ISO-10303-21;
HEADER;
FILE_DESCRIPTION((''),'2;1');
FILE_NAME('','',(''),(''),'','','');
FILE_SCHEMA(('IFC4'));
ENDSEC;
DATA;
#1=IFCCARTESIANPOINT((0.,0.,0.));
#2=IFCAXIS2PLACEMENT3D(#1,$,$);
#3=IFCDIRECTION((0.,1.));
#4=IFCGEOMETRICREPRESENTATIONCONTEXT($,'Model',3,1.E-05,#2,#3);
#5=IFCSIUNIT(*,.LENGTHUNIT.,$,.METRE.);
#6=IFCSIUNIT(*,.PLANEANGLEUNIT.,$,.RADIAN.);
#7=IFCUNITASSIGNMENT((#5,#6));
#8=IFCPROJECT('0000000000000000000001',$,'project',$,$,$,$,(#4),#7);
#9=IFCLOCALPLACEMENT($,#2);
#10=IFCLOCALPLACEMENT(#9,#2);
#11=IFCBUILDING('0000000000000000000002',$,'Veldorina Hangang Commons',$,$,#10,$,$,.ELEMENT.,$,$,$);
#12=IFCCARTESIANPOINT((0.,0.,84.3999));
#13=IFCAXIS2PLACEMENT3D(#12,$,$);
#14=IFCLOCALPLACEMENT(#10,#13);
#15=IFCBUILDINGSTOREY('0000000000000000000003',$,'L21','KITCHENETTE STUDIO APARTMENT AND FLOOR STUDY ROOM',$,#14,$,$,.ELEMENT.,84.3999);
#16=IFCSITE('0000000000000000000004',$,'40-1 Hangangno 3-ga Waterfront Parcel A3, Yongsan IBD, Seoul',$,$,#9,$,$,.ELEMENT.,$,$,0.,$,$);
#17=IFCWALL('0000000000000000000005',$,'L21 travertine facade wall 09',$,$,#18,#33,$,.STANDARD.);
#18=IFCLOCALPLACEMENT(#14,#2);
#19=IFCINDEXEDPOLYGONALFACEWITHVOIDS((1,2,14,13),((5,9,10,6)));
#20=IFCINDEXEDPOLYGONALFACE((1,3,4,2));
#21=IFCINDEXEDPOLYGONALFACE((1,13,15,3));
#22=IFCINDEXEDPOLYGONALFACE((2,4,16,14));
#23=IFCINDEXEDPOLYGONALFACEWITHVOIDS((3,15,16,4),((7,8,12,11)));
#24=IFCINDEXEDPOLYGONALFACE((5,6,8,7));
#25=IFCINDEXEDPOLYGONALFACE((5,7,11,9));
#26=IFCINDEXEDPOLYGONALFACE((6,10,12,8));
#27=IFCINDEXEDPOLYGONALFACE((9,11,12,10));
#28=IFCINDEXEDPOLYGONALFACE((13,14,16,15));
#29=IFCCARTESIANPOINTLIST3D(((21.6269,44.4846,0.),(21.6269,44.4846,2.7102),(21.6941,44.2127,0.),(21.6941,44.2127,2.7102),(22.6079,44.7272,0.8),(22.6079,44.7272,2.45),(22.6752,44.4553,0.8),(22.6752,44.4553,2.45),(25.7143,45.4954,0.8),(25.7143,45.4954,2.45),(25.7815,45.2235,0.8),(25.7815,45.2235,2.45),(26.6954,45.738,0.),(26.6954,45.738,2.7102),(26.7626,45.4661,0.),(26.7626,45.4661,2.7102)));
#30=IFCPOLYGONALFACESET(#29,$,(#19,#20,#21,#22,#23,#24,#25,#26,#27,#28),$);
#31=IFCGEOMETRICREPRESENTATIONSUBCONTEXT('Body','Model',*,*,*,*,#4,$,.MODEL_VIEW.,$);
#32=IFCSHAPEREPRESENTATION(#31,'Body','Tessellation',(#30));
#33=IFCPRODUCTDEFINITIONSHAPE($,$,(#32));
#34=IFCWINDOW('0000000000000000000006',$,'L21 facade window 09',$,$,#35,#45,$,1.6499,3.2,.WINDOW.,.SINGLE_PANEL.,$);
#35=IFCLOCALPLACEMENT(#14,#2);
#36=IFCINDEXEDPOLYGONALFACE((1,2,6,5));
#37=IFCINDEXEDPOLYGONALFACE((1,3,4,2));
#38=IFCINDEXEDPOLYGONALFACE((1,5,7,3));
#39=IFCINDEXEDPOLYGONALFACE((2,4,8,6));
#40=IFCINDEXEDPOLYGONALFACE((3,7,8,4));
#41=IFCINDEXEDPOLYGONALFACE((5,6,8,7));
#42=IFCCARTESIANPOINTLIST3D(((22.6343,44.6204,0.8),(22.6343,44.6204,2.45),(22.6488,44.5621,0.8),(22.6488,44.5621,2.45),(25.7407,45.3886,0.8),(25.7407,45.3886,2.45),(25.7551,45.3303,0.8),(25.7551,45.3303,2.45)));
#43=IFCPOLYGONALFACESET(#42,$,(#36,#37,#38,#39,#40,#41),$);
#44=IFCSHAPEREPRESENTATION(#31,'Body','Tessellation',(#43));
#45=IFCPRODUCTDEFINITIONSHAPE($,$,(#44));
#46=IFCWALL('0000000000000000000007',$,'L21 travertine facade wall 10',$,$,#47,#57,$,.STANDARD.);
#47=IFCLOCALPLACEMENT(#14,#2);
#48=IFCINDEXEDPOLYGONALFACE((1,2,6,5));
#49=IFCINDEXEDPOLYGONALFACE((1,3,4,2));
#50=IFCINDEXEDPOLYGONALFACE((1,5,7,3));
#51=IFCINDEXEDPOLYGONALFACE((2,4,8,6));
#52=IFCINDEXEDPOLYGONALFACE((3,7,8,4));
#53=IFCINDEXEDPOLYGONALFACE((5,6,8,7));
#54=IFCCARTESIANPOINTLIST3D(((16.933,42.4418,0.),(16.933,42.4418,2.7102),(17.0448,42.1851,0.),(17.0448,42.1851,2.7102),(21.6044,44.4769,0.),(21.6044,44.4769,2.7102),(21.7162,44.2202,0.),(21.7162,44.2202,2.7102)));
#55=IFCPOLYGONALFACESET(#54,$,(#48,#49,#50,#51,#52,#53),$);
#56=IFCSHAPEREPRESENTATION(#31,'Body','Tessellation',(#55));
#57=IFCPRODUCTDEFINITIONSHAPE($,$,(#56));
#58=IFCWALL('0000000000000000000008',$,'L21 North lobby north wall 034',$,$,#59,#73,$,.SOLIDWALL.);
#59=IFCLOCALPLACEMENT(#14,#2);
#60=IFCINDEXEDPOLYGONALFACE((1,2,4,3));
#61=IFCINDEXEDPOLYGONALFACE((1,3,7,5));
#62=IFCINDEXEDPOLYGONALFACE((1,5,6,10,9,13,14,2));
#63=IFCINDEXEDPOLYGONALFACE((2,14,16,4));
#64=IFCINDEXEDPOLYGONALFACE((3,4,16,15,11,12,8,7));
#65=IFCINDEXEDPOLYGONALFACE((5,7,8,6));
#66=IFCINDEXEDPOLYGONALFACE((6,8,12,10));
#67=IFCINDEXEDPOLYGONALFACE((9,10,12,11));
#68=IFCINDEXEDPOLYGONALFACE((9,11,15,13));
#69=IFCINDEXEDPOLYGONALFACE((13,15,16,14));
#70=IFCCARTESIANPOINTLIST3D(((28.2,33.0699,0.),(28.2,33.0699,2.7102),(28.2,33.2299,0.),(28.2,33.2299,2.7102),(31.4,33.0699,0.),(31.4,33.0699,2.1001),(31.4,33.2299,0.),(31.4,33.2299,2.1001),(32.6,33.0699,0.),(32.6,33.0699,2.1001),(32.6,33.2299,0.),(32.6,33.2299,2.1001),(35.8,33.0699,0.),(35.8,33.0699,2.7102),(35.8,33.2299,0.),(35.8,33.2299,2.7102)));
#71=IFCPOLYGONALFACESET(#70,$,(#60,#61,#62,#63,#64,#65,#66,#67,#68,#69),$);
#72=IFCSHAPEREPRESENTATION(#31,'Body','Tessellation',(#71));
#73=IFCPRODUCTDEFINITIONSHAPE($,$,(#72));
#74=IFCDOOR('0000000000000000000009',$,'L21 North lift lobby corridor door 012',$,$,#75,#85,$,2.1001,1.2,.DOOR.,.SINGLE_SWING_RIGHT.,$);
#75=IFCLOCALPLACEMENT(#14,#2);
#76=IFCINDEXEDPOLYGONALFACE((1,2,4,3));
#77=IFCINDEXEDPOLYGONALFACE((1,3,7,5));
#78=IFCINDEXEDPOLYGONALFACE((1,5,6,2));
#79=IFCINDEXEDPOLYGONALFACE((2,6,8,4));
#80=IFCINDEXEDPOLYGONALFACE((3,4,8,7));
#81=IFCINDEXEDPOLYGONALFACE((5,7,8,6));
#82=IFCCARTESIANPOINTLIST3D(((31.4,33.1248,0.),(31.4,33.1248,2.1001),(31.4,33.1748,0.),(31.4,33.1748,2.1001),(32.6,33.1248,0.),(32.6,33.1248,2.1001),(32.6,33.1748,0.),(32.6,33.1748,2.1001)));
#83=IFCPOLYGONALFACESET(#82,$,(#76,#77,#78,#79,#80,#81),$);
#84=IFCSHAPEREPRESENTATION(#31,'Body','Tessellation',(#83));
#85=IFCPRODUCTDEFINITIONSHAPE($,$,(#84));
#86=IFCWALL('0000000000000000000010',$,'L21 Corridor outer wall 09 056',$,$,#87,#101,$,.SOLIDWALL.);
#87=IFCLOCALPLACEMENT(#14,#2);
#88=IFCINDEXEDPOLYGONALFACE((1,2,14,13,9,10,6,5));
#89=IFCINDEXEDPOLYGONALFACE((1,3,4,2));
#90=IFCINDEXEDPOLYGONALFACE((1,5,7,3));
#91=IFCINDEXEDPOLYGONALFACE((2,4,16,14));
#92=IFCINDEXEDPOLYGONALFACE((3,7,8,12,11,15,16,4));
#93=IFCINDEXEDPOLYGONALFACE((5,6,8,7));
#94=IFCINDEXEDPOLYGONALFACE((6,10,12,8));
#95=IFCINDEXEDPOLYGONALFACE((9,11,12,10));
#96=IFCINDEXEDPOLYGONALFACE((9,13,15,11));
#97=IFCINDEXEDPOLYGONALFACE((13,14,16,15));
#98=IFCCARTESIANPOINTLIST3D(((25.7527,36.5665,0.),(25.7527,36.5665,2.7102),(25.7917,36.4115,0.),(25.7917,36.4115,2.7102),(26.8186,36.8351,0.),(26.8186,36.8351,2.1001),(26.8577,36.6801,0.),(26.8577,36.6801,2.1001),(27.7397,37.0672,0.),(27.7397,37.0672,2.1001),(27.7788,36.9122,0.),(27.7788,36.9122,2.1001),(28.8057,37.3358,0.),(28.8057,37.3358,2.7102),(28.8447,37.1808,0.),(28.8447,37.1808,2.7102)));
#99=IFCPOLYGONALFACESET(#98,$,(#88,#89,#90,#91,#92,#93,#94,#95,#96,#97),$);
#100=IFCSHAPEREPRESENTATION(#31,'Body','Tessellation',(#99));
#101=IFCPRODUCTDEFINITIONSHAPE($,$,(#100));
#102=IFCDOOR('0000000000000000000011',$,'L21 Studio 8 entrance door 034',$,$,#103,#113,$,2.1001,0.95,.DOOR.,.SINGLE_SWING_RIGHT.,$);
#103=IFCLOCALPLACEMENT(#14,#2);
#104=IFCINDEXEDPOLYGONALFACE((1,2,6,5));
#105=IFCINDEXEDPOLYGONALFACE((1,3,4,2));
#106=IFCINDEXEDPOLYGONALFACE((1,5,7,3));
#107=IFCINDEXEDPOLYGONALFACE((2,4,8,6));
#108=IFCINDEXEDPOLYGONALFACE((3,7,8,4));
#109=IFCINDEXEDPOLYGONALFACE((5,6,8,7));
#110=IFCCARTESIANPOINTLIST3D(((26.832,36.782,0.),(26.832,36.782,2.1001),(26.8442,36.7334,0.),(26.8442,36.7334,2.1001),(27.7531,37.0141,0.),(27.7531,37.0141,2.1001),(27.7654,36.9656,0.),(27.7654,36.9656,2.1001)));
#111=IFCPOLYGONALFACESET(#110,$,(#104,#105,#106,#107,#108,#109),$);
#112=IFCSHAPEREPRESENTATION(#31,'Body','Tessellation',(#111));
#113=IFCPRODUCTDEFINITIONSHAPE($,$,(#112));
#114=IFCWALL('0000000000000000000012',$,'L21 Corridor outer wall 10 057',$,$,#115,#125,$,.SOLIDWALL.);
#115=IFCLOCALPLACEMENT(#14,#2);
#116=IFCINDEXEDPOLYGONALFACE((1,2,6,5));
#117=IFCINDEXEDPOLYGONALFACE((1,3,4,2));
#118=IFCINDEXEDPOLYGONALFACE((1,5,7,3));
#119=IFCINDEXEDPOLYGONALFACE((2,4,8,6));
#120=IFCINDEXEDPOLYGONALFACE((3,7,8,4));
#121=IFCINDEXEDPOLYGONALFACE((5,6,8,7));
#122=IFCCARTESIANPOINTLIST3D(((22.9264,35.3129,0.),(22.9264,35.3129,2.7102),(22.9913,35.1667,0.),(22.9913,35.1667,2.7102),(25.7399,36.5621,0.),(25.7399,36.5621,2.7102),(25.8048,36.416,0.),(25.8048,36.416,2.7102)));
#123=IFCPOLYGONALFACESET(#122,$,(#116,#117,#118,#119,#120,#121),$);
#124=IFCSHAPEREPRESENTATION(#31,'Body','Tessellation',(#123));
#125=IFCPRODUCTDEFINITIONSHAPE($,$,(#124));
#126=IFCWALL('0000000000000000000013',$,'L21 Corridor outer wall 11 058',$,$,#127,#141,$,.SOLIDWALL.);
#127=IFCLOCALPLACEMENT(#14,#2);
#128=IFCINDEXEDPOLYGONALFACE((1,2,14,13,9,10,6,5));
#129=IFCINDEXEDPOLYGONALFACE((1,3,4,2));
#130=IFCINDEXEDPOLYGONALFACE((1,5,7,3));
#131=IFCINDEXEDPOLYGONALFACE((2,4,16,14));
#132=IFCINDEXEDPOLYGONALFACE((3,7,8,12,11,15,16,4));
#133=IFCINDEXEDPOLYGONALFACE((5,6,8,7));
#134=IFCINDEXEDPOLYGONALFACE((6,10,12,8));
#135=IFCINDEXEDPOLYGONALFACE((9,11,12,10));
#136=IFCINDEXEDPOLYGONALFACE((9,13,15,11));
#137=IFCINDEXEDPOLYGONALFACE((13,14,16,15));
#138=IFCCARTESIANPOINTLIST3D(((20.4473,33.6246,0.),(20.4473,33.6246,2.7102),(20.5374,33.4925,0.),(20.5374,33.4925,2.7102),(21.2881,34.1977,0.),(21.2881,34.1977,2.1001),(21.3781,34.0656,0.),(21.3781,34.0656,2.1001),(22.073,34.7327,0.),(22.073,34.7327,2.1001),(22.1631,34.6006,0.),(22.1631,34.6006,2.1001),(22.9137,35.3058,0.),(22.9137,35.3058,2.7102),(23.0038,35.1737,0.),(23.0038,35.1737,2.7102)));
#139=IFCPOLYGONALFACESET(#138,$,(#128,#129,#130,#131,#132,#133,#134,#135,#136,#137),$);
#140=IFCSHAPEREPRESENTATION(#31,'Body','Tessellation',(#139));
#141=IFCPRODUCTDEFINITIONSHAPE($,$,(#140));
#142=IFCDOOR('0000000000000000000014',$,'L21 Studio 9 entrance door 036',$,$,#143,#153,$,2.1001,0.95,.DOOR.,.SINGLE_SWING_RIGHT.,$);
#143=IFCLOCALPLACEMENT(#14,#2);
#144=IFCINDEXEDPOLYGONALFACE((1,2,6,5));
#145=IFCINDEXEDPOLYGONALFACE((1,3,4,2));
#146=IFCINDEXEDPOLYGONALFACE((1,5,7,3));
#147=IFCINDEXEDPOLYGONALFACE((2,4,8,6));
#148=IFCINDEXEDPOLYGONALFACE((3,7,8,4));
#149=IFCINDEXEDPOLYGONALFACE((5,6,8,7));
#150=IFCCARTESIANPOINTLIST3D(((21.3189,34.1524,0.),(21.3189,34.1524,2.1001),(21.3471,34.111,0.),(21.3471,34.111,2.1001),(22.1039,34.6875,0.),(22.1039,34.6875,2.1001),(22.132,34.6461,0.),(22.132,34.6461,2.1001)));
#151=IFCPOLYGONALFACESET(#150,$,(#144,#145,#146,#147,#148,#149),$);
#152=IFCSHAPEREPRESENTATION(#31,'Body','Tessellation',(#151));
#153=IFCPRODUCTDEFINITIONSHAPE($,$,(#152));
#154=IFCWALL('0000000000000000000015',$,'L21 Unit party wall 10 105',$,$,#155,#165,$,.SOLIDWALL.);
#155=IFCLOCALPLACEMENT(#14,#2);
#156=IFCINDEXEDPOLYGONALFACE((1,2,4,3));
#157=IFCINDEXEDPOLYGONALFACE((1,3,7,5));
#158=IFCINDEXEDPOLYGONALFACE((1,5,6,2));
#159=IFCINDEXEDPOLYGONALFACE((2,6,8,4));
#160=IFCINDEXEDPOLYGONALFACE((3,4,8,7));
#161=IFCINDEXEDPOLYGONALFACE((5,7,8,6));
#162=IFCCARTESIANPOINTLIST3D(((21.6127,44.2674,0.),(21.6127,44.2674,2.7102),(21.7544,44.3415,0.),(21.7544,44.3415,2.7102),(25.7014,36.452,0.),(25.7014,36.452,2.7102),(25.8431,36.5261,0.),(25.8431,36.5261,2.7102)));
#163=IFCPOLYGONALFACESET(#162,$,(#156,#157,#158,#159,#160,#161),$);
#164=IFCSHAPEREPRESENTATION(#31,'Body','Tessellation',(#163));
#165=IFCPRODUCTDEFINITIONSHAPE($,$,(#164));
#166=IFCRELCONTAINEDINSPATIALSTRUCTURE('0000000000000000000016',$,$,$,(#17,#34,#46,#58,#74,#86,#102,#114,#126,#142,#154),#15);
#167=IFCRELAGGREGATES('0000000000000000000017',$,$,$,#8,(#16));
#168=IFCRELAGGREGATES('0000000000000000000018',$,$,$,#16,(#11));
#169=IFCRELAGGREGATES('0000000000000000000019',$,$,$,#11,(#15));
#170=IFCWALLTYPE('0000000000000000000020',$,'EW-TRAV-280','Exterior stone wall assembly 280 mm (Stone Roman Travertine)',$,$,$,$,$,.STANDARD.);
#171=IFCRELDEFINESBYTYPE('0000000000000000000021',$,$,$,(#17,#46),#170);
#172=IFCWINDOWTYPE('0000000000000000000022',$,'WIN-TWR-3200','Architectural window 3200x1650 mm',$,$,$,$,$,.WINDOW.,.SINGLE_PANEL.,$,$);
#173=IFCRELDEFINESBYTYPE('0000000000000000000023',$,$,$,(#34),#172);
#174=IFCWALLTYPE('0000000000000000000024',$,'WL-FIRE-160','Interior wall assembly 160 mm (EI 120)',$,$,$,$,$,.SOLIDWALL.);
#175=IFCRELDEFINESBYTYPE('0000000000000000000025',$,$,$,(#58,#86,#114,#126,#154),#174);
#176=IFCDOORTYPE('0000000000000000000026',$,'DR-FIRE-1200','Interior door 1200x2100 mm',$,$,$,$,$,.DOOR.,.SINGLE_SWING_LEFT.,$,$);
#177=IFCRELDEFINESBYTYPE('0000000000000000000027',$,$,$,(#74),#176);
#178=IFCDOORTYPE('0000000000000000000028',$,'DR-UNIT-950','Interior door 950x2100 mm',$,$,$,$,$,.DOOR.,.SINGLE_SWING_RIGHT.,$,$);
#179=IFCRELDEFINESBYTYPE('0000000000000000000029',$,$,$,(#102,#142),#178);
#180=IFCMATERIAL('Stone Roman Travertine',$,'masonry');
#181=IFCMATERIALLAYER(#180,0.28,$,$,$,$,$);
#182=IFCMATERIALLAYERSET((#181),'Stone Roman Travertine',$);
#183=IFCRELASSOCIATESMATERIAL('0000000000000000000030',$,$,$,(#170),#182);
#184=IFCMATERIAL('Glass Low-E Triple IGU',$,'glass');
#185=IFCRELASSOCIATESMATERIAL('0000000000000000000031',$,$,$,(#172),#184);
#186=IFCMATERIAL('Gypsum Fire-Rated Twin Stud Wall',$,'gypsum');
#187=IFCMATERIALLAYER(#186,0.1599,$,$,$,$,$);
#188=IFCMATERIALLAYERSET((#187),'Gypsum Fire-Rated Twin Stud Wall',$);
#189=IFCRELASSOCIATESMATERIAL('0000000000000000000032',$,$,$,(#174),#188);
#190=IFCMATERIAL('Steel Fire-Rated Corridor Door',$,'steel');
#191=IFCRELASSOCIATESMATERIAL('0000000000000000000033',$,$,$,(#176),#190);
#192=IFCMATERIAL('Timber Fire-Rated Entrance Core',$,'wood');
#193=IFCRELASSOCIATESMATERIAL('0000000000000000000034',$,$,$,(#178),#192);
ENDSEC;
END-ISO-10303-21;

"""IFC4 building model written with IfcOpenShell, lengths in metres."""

from ifc_helpers import new_model, si_unit, direction, frame, frame_2d, origin, place, context, subcontext, project, spatial, rectangle, extrude, material, layer, layer_set, type_object, element, fill, save


model = new_model("IFC4")

# Units and contexts
model_context = context("Model", 3, precision=1e-05, world=origin(), true_north=direction((0.0, 1.0)))
body_context = subcontext(model_context, "Body", "Model", "MODEL_VIEW")
ifc_project = project(units=[si_unit("LENGTHUNIT", "METRE"), si_unit("PLANEANGLEUNIT", "RADIAN")], contexts=[model_context])

# Site, building, storey
site_placement = place(None, origin())
site = spatial("IfcSite", under=ifc_project, at=site_placement, Name="40-1 Hangangno 3-ga Waterfront Parcel A3, Yongsan IBD, Seoul", CompositionType="ELEMENT", RefElevation=0.0)
building_placement = place(site_placement, origin())
building = spatial("IfcBuilding", under=site, at=building_placement, Name="Veldorina Hangang Commons", CompositionType="ELEMENT")
storey_placement = place(building_placement, frame((0.0, 0.0, 84.3999)))
storey = spatial("IfcBuildingStorey", under=building, at=storey_placement, Name="L21", Description="KITCHENETTE STUDIO APARTMENT AND FLOOR STUDY ROOM", CompositionType="ELEMENT", Elevation=84.3999)

# Wall, opening, window
ifc_material_1 = material(Name="Stone Roman Travertine", Category="masonry")
ifc_layer_1 = layer(ifc_material_1, 0.28)
ifc_layer_set_1 = layer_set([ifc_layer_1], Name="Stone Roman Travertine")
wall_type_1 = type_object("IfcWallType", Name="EW-TRAV-280", Description="Exterior stone wall assembly 280 mm (Stone Roman Travertine)", PredefinedType="STANDARD", material=ifc_layer_set_1)
wall_1_placement = place(storey_placement, frame((26.729, 45.6021, 0.0), z_axis=(0.0, 0.0, 1.0), x_axis=(-0.970758, -0.240059, 0.0)))
wall_1 = element("IfcWall", 1, at=wall_1_placement, inside=storey, type_object=wall_type_1, Name="L21 travertine facade wall 09", PredefinedType="STANDARD", context=body_context, shape_type="SweptSolid", body=[
    extrude(rectangle(XDim=5.2212, YDim=0.28, at=frame_2d((2.6106, 0.0))), origin(), (0.0, 0.0, 1.0), 2.7102),
])
opening_1_placement = place(wall_1_placement, frame((1.0105, 0.0, 0.8)))
opening_1 = element("IfcOpeningElement", 2, at=opening_1_placement, cuts=wall_1, PredefinedType="OPENING", context=body_context, shape_type="SweptSolid", body=[
    extrude(rectangle(XDim=3.2, YDim=1.6499, at=frame_2d((1.6001, 0.825))), frame((0.0, 0.1499, 0.0), z_axis=(0.0, -1.0, 0.0), x_axis=(1.0, 0.0, 0.0)), (0.0, 0.0, 1.0), 0.3),
])
ifc_material_2 = material(Name="Glass Low-E Triple IGU", Category="glass")
window_type = type_object("IfcWindowType", Name="WIN-TWR-3200", Description="Architectural window 3200x1650 mm", PartitioningType="SINGLE_PANEL", PredefinedType="WINDOW", material=ifc_material_2)
window_placement = place(opening_1_placement, origin())
window = element("IfcWindow", 3, at=window_placement, inside=storey, type_object=window_type, Name="L21 facade window 09", OverallHeight=1.6499, OverallWidth=3.2, PartitioningType="SINGLE_PANEL", PredefinedType="WINDOW", context=body_context, shape_type="SweptSolid", body=[
    extrude(rectangle(XDim=3.2, YDim=1.6499, at=frame_2d((1.6001, 0.825))), frame((0.0, 0.03, 0.0), z_axis=(0.0, -1.0, 0.0), x_axis=(1.0, 0.0, 0.0)), (0.0, 0.0, 1.0), 0.0601),
])
fill(opening_1, window)

# Wall
wall_2_placement = place(storey_placement, frame((21.6604, 44.3486, 0.0), z_axis=(0.0, 0.0, 1.0), x_axis=(-0.916774, -0.399406, 0.0)))
element("IfcWall", 4, at=wall_2_placement, inside=storey, type_object=wall_type_1, Name="L21 travertine facade wall 10", PredefinedType="STANDARD", context=body_context, shape_type="SweptSolid", body=[
    extrude(rectangle(XDim=5.0955, YDim=0.28, at=frame_2d((2.5479, 0.0))), origin(), (0.0, 0.0, 1.0), 2.7102),
])

# Walls, openings, doors
ifc_material_3 = material(Name="Gypsum Fire-Rated Twin Stud Wall", Category="gypsum")
ifc_layer_2 = layer(ifc_material_3, 0.1599)
ifc_layer_set_2 = layer_set([ifc_layer_2], Name="Gypsum Fire-Rated Twin Stud Wall")
wall_type_2 = type_object("IfcWallType", Name="WL-FIRE-160", Description="Interior wall assembly 160 mm (EI 120)", PredefinedType="SOLIDWALL", material=ifc_layer_set_2)
wall_3_placement = place(storey_placement, frame((28.2, 33.1499, 0.0), z_axis=(0.0, 0.0, 1.0), x_axis=(1.0, 0.0, 0.0)))
wall_3 = element("IfcWall", 5, at=wall_3_placement, inside=storey, type_object=wall_type_2, Name="L21 North lobby north wall 034", PredefinedType="SOLIDWALL", context=body_context, shape_type="SweptSolid", body=[
    extrude(rectangle(XDim=7.6001, YDim=0.1599, at=frame_2d((3.8, 0.0))), origin(), (0.0, 0.0, 1.0), 2.7102),
])
opening_2_placement = place(wall_3_placement, frame((3.2, 0.0, 0.0)))
opening_2 = element("IfcOpeningElement", 6, at=opening_2_placement, cuts=wall_3, PredefinedType="OPENING", context=body_context, shape_type="SweptSolid", body=[
    extrude(rectangle(XDim=1.2, YDim=2.1001, at=frame_2d((0.6001, 1.05))), frame((0.0, 0.0898, 0.0), z_axis=(0.0, -1.0, 0.0), x_axis=(1.0, 0.0, 0.0)), (0.0, 0.0, 1.0), 0.1799),
])
ifc_material_4 = material(Name="Steel Fire-Rated Corridor Door", Category="steel")
door_type_1 = type_object("IfcDoorType", Name="DR-FIRE-1200", Description="Interior door 1200x2100 mm", OperationType="SINGLE_SWING_LEFT", PredefinedType="DOOR", material=ifc_material_4)
door_1_placement = place(opening_2_placement, origin())
door_1 = element("IfcDoor", 7, at=door_1_placement, inside=storey, type_object=door_type_1, Name="L21 North lift lobby corridor door 012", OperationType="SINGLE_SWING_RIGHT", OverallHeight=2.1001, OverallWidth=1.2, PredefinedType="DOOR", context=body_context, shape_type="SweptSolid", body=[
    extrude(rectangle(XDim=1.2, YDim=2.1001, at=frame_2d((0.6001, 1.05))), frame((0.0, 0.0249, 0.0), z_axis=(0.0, -1.0, 0.0), x_axis=(1.0, 0.0, 0.0)), (0.0, 0.0, 1.0), 0.05),
])
fill(opening_2, door_1)
wall_4_placement = place(storey_placement, frame((28.8252, 37.2583, 0.0), z_axis=(0.0, 0.0, 1.0), x_axis=(-0.969689, -0.244342, 0.0)))
wall_4 = element("IfcWall", 8, at=wall_4_placement, inside=storey, type_object=wall_type_2, Name="L21 Corridor outer wall 09 056", PredefinedType="SOLIDWALL", context=body_context, shape_type="SweptSolid", body=[
    extrude(rectangle(XDim=3.1484, YDim=0.1599, at=frame_2d((1.5742, 0.0))), origin(), (0.0, 0.0, 1.0), 2.7102),
])
opening_3_placement = place(wall_4_placement, frame((1.0991, 0.0, 0.0)))
opening_3 = element("IfcOpeningElement", 9, at=opening_3_placement, cuts=wall_4, PredefinedType="OPENING", context=body_context, shape_type="SweptSolid", body=[
    extrude(rectangle(XDim=0.95, YDim=2.1001, at=frame_2d((0.4751, 1.05))), frame((0.0, 0.0898, 0.0), z_axis=(0.0, -1.0, 0.0), x_axis=(1.0, 0.0, 0.0)), (0.0, 0.0, 1.0), 0.1799),
])
ifc_material_5 = material(Name="Timber Fire-Rated Entrance Core", Category="wood")
door_type_2 = type_object("IfcDoorType", Name="DR-UNIT-950", Description="Interior door 950x2100 mm", OperationType="SINGLE_SWING_RIGHT", PredefinedType="DOOR", material=ifc_material_5)
door_2_placement = place(opening_3_placement, origin())
door_2 = element("IfcDoor", 10, at=door_2_placement, inside=storey, type_object=door_type_2, Name="L21 Studio 8 entrance door 034", OperationType="SINGLE_SWING_RIGHT", OverallHeight=2.1001, OverallWidth=0.95, PredefinedType="DOOR", context=body_context, shape_type="SweptSolid", body=[
    extrude(rectangle(XDim=0.95, YDim=2.1001, at=frame_2d((0.4751, 1.05))), frame((0.0, 0.0249, 0.0), z_axis=(0.0, -1.0, 0.0), x_axis=(1.0, 0.0, 0.0)), (0.0, 0.0, 1.0), 0.05),
])
fill(opening_3, door_2)

# Wall
wall_5_placement = place(storey_placement, frame((25.7722, 36.489, 0.0), z_axis=(0.0, 0.0, 1.0), x_axis=(-0.913952, -0.405822, 0.0)))
element("IfcWall", 11, at=wall_5_placement, inside=storey, type_object=wall_type_2, Name="L21 Corridor outer wall 10 057", PredefinedType="SOLIDWALL", context=body_context, shape_type="SweptSolid", body=[
    extrude(rectangle(XDim=3.0784, YDim=0.1599, at=frame_2d((1.5391, 0.0))), origin(), (0.0, 0.0, 1.0), 2.7102),
])

# Wall, opening, door
wall_6_placement = place(storey_placement, frame((22.9587, 35.2397, 0.0), z_axis=(0.0, 0.0, 1.0), x_axis=(-0.826293, -0.56324, 0.0)))
wall_6 = element("IfcWall", 12, at=wall_6_placement, inside=storey, type_object=wall_type_2, Name="L21 Corridor outer wall 11 058", PredefinedType="SOLIDWALL", context=body_context, shape_type="SweptSolid", body=[
    extrude(rectangle(XDim=2.9849, YDim=0.1599, at=frame_2d((1.4924, 0.0))), origin(), (0.0, 0.0, 1.0), 2.7102),
])
opening_4_placement = place(wall_6_placement, frame((1.0173, 0.0, 0.0)))
opening_4 = element("IfcOpeningElement", 13, at=opening_4_placement, cuts=wall_6, PredefinedType="OPENING", context=body_context, shape_type="SweptSolid", body=[
    extrude(rectangle(XDim=0.95, YDim=2.1001, at=frame_2d((0.4751, 1.05))), frame((0.0, 0.0898, 0.0), z_axis=(0.0, -1.0, 0.0), x_axis=(1.0, 0.0, 0.0)), (0.0, 0.0, 1.0), 0.1799),
])
door_3_placement = place(opening_4_placement, origin())
door_3 = element("IfcDoor", 14, at=door_3_placement, inside=storey, type_object=door_type_2, Name="L21 Studio 9 entrance door 036", OperationType="SINGLE_SWING_RIGHT", OverallHeight=2.1001, OverallWidth=0.95, PredefinedType="DOOR", context=body_context, shape_type="SweptSolid", body=[
    extrude(rectangle(XDim=0.95, YDim=2.1001, at=frame_2d((0.4751, 1.05))), frame((0.0, 0.0249, 0.0), z_axis=(0.0, -1.0, 0.0), x_axis=(1.0, 0.0, 0.0)), (0.0, 0.0, 1.0), 0.05),
])
fill(opening_4, door_3)

# Wall
wall_7_placement = place(storey_placement, frame((25.7722, 36.489, 0.0), z_axis=(0.0, 0.0, 1.0), x_axis=(-0.463547, 0.886073, 0.0)))
element("IfcWall", 15, at=wall_7_placement, inside=storey, type_object=wall_type_2, Name="L21 Unit party wall 10 105", PredefinedType="SOLIDWALL", context=body_context, shape_type="SweptSolid", body=[
    extrude(rectangle(XDim=8.8203, YDim=0.1599, at=frame_2d((4.4102, 0.0))), origin(), (0.0, 0.0, 1.0), 2.7102),
])

save(model, "model.ifc")
